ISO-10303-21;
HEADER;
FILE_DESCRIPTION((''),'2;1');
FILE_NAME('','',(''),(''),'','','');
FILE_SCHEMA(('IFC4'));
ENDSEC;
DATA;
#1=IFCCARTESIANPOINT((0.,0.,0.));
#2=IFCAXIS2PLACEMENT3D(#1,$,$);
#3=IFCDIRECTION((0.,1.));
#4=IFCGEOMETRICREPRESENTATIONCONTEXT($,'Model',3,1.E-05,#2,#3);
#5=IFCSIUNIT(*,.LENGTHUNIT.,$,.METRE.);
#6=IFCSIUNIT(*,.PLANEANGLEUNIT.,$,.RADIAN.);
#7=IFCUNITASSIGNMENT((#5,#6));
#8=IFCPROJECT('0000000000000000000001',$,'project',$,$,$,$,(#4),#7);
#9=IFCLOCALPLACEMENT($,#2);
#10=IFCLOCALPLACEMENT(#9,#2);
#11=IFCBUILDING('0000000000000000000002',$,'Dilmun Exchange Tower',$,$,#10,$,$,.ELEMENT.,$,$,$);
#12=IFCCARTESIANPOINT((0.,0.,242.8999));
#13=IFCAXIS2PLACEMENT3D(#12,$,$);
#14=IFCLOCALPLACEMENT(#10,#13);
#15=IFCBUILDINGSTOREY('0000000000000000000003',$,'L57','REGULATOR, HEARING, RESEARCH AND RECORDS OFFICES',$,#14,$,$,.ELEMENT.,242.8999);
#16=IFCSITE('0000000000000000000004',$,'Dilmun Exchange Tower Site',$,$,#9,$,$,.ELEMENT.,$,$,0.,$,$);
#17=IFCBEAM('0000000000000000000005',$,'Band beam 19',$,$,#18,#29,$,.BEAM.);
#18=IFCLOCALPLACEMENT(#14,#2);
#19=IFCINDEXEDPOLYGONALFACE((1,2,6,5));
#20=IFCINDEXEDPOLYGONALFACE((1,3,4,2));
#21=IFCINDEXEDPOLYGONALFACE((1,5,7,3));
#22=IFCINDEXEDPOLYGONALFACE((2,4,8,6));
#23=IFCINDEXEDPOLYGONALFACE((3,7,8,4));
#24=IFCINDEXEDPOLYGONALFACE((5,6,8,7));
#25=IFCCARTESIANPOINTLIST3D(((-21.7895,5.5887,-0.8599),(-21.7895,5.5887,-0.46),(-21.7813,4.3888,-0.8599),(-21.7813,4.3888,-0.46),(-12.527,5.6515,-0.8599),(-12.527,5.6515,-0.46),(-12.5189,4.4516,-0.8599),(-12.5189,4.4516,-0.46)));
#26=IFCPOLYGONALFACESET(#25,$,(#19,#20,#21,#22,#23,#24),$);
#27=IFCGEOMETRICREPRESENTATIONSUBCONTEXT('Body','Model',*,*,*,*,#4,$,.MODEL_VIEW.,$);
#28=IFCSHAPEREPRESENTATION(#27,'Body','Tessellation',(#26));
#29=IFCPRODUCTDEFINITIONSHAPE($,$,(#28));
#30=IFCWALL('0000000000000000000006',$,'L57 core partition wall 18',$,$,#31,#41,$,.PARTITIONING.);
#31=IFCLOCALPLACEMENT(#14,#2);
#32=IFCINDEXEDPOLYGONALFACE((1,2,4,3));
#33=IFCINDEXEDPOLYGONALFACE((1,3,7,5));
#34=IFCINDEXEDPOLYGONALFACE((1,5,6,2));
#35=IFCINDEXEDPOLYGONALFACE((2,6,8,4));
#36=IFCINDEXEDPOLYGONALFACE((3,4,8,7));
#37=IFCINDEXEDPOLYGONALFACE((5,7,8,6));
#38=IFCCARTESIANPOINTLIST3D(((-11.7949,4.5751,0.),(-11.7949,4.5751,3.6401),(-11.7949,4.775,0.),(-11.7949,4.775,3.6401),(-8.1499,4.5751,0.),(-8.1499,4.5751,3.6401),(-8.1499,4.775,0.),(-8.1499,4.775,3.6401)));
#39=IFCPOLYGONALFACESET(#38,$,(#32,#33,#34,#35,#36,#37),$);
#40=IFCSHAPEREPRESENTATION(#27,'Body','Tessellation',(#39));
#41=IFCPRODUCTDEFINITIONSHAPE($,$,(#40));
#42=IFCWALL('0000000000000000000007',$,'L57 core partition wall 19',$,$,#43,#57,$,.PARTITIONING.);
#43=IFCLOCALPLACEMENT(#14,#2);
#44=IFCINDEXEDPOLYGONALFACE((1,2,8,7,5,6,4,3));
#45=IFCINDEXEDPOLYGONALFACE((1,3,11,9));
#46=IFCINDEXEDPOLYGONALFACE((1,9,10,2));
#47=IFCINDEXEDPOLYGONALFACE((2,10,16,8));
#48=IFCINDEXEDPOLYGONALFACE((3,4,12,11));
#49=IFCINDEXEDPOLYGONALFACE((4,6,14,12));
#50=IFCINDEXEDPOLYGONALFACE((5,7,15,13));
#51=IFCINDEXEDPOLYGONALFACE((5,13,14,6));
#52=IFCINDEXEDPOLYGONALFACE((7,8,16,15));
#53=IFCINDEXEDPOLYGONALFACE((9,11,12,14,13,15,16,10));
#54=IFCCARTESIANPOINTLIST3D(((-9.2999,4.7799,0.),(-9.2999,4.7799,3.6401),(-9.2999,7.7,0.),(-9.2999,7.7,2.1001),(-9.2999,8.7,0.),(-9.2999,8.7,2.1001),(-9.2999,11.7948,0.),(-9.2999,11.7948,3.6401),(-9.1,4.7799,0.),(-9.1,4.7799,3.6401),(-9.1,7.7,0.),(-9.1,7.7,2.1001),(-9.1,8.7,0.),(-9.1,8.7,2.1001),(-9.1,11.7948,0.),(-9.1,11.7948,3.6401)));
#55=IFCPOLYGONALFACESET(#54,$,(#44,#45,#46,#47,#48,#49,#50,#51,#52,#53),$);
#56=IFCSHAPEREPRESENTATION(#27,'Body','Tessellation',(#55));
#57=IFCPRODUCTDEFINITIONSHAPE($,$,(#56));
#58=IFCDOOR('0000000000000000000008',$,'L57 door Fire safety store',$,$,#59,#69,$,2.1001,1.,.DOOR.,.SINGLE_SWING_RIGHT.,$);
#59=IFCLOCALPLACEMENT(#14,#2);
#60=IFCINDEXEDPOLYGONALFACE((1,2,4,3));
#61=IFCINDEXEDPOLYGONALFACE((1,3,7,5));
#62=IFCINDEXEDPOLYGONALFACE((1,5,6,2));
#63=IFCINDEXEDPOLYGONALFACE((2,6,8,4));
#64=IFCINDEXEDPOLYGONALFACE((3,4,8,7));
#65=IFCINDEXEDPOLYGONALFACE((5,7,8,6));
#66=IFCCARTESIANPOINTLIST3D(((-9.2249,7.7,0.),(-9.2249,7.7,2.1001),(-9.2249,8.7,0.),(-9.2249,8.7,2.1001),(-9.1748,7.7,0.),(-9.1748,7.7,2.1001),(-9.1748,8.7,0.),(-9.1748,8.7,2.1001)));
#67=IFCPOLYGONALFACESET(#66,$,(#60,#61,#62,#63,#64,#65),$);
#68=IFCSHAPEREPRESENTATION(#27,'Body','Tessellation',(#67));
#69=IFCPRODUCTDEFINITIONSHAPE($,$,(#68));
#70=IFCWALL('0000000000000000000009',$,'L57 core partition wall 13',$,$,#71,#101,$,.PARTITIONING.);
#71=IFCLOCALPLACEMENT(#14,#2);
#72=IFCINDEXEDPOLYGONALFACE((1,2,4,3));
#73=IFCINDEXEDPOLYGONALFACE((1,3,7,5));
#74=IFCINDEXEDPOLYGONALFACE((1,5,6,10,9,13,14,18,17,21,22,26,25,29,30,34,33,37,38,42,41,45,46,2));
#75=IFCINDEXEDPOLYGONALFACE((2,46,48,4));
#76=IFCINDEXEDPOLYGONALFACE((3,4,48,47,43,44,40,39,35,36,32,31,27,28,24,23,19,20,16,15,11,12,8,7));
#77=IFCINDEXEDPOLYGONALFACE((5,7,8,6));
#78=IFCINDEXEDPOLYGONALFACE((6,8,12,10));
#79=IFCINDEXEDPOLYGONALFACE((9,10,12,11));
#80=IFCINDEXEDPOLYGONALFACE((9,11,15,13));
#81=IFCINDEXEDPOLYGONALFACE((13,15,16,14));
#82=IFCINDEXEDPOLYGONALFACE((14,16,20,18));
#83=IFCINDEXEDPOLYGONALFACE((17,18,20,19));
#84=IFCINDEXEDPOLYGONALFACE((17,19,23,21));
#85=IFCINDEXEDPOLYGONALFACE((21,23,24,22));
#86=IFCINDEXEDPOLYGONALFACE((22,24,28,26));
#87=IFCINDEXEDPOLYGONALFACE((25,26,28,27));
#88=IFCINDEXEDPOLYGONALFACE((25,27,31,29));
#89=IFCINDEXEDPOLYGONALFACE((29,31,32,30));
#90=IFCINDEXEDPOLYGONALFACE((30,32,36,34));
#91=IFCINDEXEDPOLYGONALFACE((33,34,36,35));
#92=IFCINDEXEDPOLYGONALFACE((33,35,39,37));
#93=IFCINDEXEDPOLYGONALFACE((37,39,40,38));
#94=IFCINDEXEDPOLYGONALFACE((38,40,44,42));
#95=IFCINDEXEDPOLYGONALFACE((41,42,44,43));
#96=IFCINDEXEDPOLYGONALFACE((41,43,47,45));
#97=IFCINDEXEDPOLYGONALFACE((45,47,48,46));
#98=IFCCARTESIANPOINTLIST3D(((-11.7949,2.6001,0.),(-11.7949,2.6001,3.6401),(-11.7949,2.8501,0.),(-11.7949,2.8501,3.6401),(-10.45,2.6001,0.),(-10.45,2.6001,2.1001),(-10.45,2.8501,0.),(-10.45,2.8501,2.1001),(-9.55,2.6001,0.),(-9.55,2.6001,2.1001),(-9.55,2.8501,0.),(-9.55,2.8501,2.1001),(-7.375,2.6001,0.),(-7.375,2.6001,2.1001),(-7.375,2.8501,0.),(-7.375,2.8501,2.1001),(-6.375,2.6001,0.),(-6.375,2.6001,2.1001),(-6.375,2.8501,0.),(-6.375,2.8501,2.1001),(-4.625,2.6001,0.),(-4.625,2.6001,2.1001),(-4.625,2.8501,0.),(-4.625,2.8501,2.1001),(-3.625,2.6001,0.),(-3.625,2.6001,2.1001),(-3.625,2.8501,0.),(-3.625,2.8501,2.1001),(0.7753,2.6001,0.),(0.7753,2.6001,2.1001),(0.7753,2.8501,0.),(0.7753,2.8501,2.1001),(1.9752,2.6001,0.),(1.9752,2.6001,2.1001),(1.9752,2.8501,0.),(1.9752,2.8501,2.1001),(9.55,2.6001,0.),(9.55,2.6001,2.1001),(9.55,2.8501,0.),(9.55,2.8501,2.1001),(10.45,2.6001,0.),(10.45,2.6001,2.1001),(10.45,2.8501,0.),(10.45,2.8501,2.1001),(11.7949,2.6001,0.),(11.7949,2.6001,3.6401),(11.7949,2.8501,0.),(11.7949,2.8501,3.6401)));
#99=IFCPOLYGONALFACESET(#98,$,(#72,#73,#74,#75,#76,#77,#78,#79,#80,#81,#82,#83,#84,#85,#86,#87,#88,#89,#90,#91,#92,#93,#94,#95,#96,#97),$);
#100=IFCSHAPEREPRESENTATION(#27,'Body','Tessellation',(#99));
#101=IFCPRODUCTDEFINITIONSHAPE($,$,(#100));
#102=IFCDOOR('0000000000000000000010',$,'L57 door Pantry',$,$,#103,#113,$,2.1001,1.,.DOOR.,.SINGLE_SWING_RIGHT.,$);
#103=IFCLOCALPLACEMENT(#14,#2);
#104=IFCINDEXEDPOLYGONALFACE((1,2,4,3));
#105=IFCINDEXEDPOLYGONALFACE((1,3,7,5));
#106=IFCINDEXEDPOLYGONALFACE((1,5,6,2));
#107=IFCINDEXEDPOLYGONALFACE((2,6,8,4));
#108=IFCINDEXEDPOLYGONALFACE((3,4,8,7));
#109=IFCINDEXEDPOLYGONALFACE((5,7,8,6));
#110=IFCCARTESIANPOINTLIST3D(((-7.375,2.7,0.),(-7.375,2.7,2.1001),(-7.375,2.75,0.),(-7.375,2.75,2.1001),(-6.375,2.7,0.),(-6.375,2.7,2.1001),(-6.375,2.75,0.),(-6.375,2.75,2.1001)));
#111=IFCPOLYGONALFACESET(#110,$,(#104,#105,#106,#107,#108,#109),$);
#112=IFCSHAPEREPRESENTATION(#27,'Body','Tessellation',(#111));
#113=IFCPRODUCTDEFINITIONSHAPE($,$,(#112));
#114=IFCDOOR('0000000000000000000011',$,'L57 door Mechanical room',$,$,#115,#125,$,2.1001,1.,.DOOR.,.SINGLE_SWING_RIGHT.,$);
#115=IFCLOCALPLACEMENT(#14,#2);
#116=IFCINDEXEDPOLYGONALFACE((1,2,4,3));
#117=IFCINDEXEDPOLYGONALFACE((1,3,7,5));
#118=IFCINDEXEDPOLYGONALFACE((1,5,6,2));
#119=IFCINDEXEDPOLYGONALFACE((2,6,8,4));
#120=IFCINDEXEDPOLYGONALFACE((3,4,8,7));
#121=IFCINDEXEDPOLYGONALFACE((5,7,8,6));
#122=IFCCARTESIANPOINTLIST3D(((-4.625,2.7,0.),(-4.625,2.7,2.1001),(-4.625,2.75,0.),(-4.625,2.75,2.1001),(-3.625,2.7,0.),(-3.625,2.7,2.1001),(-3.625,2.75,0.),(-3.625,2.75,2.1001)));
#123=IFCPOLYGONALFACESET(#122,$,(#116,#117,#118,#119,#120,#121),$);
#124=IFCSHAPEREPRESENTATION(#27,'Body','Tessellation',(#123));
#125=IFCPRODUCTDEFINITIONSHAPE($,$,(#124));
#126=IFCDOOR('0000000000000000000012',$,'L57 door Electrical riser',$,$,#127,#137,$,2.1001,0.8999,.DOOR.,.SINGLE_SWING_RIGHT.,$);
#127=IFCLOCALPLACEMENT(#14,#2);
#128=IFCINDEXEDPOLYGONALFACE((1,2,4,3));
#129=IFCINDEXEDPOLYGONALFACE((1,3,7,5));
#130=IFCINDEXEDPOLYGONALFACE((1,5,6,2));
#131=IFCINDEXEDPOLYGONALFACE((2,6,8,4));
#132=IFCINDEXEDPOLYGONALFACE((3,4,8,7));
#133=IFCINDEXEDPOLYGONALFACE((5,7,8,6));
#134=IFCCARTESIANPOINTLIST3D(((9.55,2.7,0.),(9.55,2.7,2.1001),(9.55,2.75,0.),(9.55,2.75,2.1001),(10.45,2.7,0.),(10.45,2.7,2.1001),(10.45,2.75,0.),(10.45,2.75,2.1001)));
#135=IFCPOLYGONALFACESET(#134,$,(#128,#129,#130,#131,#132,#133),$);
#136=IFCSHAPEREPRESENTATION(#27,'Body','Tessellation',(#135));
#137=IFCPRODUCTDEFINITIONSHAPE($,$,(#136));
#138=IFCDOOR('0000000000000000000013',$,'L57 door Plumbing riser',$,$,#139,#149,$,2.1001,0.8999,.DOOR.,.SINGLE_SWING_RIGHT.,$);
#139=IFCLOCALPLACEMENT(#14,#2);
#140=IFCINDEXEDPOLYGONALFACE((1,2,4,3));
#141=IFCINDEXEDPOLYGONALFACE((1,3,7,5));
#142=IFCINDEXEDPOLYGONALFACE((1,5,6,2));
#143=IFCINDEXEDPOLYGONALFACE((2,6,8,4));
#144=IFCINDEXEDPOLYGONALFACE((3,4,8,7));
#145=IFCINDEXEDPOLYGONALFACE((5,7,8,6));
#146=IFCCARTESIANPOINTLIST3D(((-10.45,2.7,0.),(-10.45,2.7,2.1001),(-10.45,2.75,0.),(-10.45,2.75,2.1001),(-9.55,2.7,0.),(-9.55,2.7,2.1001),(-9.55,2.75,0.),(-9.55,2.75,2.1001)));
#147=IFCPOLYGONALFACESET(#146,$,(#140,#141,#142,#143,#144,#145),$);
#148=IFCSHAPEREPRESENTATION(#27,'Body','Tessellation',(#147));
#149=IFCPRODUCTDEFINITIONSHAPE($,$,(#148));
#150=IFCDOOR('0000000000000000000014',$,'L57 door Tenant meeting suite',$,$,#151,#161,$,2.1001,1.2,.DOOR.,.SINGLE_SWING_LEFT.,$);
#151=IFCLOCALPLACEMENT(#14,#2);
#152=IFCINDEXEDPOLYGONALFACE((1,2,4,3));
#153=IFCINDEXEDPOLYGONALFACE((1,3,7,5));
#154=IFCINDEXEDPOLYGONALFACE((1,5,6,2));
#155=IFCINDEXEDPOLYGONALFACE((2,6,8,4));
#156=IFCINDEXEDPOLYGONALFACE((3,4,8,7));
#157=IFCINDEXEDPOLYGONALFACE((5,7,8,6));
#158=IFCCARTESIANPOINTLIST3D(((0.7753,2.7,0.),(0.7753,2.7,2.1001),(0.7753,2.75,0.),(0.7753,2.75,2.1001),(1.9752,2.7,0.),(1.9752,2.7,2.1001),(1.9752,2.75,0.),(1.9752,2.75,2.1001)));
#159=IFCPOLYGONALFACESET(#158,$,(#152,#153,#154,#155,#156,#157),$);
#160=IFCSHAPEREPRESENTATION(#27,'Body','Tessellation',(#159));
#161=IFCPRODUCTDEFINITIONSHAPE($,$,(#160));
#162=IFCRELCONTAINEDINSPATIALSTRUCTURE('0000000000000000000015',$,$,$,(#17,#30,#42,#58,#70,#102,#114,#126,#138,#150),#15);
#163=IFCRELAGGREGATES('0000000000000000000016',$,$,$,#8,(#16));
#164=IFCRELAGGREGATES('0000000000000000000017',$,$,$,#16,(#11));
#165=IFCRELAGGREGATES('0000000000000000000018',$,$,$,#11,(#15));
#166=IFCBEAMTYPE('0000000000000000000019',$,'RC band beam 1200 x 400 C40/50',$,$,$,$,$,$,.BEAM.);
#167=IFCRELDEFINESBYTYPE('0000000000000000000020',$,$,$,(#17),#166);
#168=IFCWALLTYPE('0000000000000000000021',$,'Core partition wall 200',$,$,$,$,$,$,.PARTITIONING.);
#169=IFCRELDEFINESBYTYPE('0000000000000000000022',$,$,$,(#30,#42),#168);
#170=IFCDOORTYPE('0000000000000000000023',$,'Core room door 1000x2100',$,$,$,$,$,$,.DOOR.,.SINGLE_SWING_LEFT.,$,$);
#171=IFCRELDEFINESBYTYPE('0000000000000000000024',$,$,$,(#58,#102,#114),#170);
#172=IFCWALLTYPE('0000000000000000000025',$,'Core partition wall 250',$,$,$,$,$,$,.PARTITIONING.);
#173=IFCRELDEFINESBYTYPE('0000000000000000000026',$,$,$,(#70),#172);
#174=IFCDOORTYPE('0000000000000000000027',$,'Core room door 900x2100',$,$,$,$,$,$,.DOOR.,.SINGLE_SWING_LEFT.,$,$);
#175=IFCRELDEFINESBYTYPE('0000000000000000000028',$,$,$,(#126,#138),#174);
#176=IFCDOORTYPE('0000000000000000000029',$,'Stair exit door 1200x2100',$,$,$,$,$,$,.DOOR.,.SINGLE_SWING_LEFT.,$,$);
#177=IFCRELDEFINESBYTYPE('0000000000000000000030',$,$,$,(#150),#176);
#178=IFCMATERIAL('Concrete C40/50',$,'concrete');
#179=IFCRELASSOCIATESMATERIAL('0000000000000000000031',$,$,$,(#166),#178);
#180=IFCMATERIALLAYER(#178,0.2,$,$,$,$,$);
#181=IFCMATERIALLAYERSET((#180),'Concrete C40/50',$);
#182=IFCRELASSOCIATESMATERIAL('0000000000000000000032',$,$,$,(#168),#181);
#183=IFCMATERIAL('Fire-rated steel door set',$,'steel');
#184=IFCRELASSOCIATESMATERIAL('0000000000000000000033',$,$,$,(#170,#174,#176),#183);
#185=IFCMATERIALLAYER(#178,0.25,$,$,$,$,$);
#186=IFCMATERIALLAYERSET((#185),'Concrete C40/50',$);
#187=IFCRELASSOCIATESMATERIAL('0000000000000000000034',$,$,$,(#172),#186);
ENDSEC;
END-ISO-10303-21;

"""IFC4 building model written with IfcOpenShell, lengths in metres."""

from ifc_helpers import new_model, si_unit, direction, frame, frame_2d, origin, origin_2d, place, context, subcontext, project, spatial, rectangle, extrude, material, layer, layer_set, material_profile, profile_set, type_object, element, fill, save


model = new_model("IFC4")

# Units and contexts
model_context = context("Model", 3, precision=1e-05, world=origin(), true_north=direction((0.0, 1.0)))
body_context = subcontext(model_context, "Body", "Model", "MODEL_VIEW")
ifc_project = project(units=[si_unit("LENGTHUNIT", "METRE"), si_unit("PLANEANGLEUNIT", "RADIAN")], contexts=[model_context])

# Site, building, storey
site_placement = place(None, origin())
site = spatial("IfcSite", under=ifc_project, at=site_placement, Name="Dilmun Exchange Tower Site", CompositionType="ELEMENT", RefElevation=0.0)
building_placement = place(site_placement, origin())
building = spatial("IfcBuilding", under=site, at=building_placement, Name="Dilmun Exchange Tower", CompositionType="ELEMENT")
storey_placement = place(building_placement, frame((0.0, 0.0, 242.8999)))
storey = spatial("IfcBuildingStorey", under=building, at=storey_placement, Name="L57", Description="REGULATOR, HEARING, RESEARCH AND RECORDS OFFICES", CompositionType="ELEMENT", Elevation=242.8999)

# Beam
ifc_material_1 = material(Name="Concrete C40/50", Category="concrete")
ifc_material_profile = material_profile(ifc_material_1, rectangle(XDim=1.2, YDim=0.3999, at=origin_2d()), Name="1200 x 400")
ifc_profile_set = profile_set([ifc_material_profile], Name="Concrete C40/50")
beam_type = type_object("IfcBeamType", Name="RC band beam 1200 x 400 C40/50", PredefinedType="BEAM", material=ifc_profile_set)
beam_placement = place(storey_placement, frame((-21.7854, 4.9888, -0.6599), z_axis=(0.999977, 0.006774, 0.0), x_axis=(-0.006774, 0.999977, 0.0)))
element("IfcBeam", 1, at=beam_placement, inside=storey, type_object=beam_type, Name="Band beam 19", PredefinedType="BEAM", context=body_context, shape_type="SweptSolid", body=[
    extrude(rectangle(XDim=1.2, YDim=0.3999, at=origin_2d()), origin(), (0.0, 0.0, 1.0), 9.2627),
])

# Wall
ifc_layer_1 = layer(ifc_material_1, 0.2)
ifc_layer_set_1 = layer_set([ifc_layer_1], Name="Concrete C40/50")
wall_type_1 = type_object("IfcWallType", Name="Core partition wall 200", PredefinedType="PARTITIONING", material=ifc_layer_set_1)
wall_1_placement = place(storey_placement, frame((-11.7949, 4.675, 0.0), z_axis=(0.0, 0.0, 1.0), x_axis=(1.0, 0.0, 0.0)))
element("IfcWall", 2, at=wall_1_placement, inside=storey, type_object=wall_type_1, Name="L57 core partition wall 18", PredefinedType="PARTITIONING", context=body_context, shape_type="SweptSolid", body=[
    extrude(rectangle(XDim=3.645, YDim=0.2, at=frame_2d((1.8225, 0.0))), origin(), (0.0, 0.0, 1.0), 3.6401),
])

# Wall, opening, door
wall_2_placement = place(storey_placement, frame((-9.2, 4.78, 0.0), z_axis=(0.0, 0.0, 1.0), x_axis=(0.0, 1.0, 0.0)))
wall_2 = element("IfcWall", 3, at=wall_2_placement, inside=storey, type_object=wall_type_1, Name="L57 core partition wall 19", PredefinedType="PARTITIONING", context=body_context, shape_type="SweptSolid", body=[
    extrude(rectangle(XDim=7.0149, YDim=0.2, at=frame_2d((3.5073, 0.0))), origin(), (0.0, 0.0, 1.0), 3.6401),
])
opening_1_placement = place(wall_2_placement, frame((2.9199, 0.0, 0.0)))
opening_1 = element("IfcOpeningElement", 4, at=opening_1_placement, cuts=wall_2, PredefinedType="OPENING", context=body_context, shape_type="SweptSolid", body=[
    extrude(rectangle(XDim=1.0, YDim=2.1001, at=frame_2d((0.5, 1.05))), frame((0.0, 0.1099, 0.0), z_axis=(0.0, -1.0, 0.0), x_axis=(1.0, 0.0, 0.0)), (0.0, 0.0, 1.0), 0.22),
])
ifc_material_2 = material(Name="Fire-rated steel door set", Category="steel")
door_type_1 = type_object("IfcDoorType", Name="Core room door 1000x2100", OperationType="SINGLE_SWING_LEFT", PredefinedType="DOOR", material=ifc_material_2)
door_1_placement = place(opening_1_placement, origin())
door_1 = element("IfcDoor", 5, at=door_1_placement, inside=storey, type_object=door_type_1, Name="L57 door Fire safety store", OperationType="SINGLE_SWING_RIGHT", OverallHeight=2.1001, OverallWidth=1.0, PredefinedType="DOOR", context=body_context, shape_type="SweptSolid", body=[
    extrude(rectangle(XDim=1.0, YDim=2.1001, at=frame_2d((0.5, 1.05))), frame((0.0, 0.0249, 0.0), z_axis=(0.0, -1.0, 0.0), x_axis=(1.0, 0.0, 0.0)), (0.0, 0.0, 1.0), 0.05),
])
fill(opening_1, door_1)

# Wall, openings, doors
ifc_layer_2 = layer(ifc_material_1, 0.25)
ifc_layer_set_2 = layer_set([ifc_layer_2], Name="Concrete C40/50")
wall_type_2 = type_object("IfcWallType", Name="Core partition wall 250", PredefinedType="PARTITIONING", material=ifc_layer_set_2)
wall_3_placement = place(storey_placement, frame((-11.7949, 2.7251, 0.0), z_axis=(0.0, 0.0, 1.0), x_axis=(1.0, 0.0, 0.0)))
wall_3 = element("IfcWall", 6, at=wall_3_placement, inside=storey, type_object=wall_type_2, Name="L57 core partition wall 13", PredefinedType="PARTITIONING", context=body_context, shape_type="SweptSolid", body=[
    extrude(rectangle(XDim=23.5898, YDim=0.25, at=frame_2d((11.7949, 0.0))), origin(), (0.0, 0.0, 1.0), 3.6401),
])
opening_2_placement = place(wall_3_placement, frame((21.345, 0.0, 0.0)))
opening_2 = element("IfcOpeningElement", 7, at=opening_2_placement, cuts=wall_3, PredefinedType="OPENING", context=body_context, shape_type="SweptSolid", body=[
    extrude(rectangle(XDim=0.8999, YDim=2.1001, at=frame_2d((0.45, 1.05))), frame((0.0, 0.135, 0.0), z_axis=(0.0, -1.0, 0.0), x_axis=(1.0, 0.0, 0.0)), (0.0, 0.0, 1.0), 0.27),
])
opening_3_placement = place(wall_3_placement, frame((1.345, 0.0, 0.0)))
opening_3 = element("IfcOpeningElement", 8, at=opening_3_placement, cuts=wall_3, PredefinedType="OPENING", context=body_context, shape_type="SweptSolid", body=[
    extrude(rectangle(XDim=0.8999, YDim=2.1001, at=frame_2d((0.45, 1.05))), frame((0.0, 0.135, 0.0), z_axis=(0.0, -1.0, 0.0), x_axis=(1.0, 0.0, 0.0)), (0.0, 0.0, 1.0), 0.27),
])
opening_4_placement = place(wall_3_placement, frame((4.4199, 0.0, 0.0)))
opening_4 = element("IfcOpeningElement", 9, at=opening_4_placement, cuts=wall_3, PredefinedType="OPENING", context=body_context, shape_type="SweptSolid", body=[
    extrude(rectangle(XDim=1.0, YDim=2.1001, at=frame_2d((0.5, 1.05))), frame((0.0, 0.135, 0.0), z_axis=(0.0, -1.0, 0.0), x_axis=(1.0, 0.0, 0.0)), (0.0, 0.0, 1.0), 0.27),
])
opening_5_placement = place(wall_3_placement, frame((7.1699, 0.0, 0.0)))
opening_5 = element("IfcOpeningElement", 10, at=opening_5_placement, cuts=wall_3, PredefinedType="OPENING", context=body_context, shape_type="SweptSolid", body=[
    extrude(rectangle(XDim=1.0, YDim=2.1001, at=frame_2d((0.5, 1.05))), frame((0.0, 0.135, 0.0), z_axis=(0.0, -1.0, 0.0), x_axis=(1.0, 0.0, 0.0)), (0.0, 0.0, 1.0), 0.27),
])
opening_6_placement = place(wall_3_placement, frame((12.5701, 0.0, 0.0)))
opening_6 = element("IfcOpeningElement", 11, at=opening_6_placement, cuts=wall_3, PredefinedType="OPENING", context=body_context, shape_type="SweptSolid", body=[
    extrude(rectangle(XDim=1.2, YDim=2.1001, at=frame_2d((0.6001, 1.05))), frame((0.0, 0.135, 0.0), z_axis=(0.0, -1.0, 0.0), x_axis=(1.0, 0.0, 0.0)), (0.0, 0.0, 1.0), 0.27),
])
door_2_placement = place(opening_4_placement, origin())
door_2 = element("IfcDoor", 12, at=door_2_placement, inside=storey, type_object=door_type_1, Name="L57 door Pantry", OperationType="SINGLE_SWING_RIGHT", OverallHeight=2.1001, OverallWidth=1.0, PredefinedType="DOOR", context=body_context, shape_type="SweptSolid", body=[
    extrude(rectangle(XDim=1.0, YDim=2.1001, at=frame_2d((0.5, 1.05))), frame((0.0, 0.0249, 0.0), z_axis=(0.0, -1.0, 0.0), x_axis=(1.0, 0.0, 0.0)), (0.0, 0.0, 1.0), 0.05),
])
fill(opening_4, door_2)
door_3_placement = place(opening_5_placement, origin())
door_3 = element("IfcDoor", 13, at=door_3_placement, inside=storey, type_object=door_type_1, Name="L57 door Mechanical room", OperationType="SINGLE_SWING_RIGHT", OverallHeight=2.1001, OverallWidth=1.0, PredefinedType="DOOR", context=body_context, shape_type="SweptSolid", body=[
    extrude(rectangle(XDim=1.0, YDim=2.1001, at=frame_2d((0.5, 1.05))), frame((0.0, 0.0249, 0.0), z_axis=(0.0, -1.0, 0.0), x_axis=(1.0, 0.0, 0.0)), (0.0, 0.0, 1.0), 0.05),
])
fill(opening_5, door_3)
door_type_2 = type_object("IfcDoorType", Name="Core room door 900x2100", OperationType="SINGLE_SWING_LEFT", PredefinedType="DOOR", material=ifc_material_2)
door_4_placement = place(opening_2_placement, origin())
door_4 = element("IfcDoor", 14, at=door_4_placement, inside=storey, type_object=door_type_2, Name="L57 door Electrical riser", OperationType="SINGLE_SWING_RIGHT", OverallHeight=2.1001, OverallWidth=0.8999, PredefinedType="DOOR", context=body_context, shape_type="SweptSolid", body=[
    extrude(rectangle(XDim=0.8999, YDim=2.1001, at=frame_2d((0.45, 1.05))), frame((0.0, 0.0249, 0.0), z_axis=(0.0, -1.0, 0.0), x_axis=(1.0, 0.0, 0.0)), (0.0, 0.0, 1.0), 0.05),
])
fill(opening_2, door_4)
door_5_placement = place(opening_3_placement, origin())
door_5 = element("IfcDoor", 15, at=door_5_placement, inside=storey, type_object=door_type_2, Name="L57 door Plumbing riser", OperationType="SINGLE_SWING_RIGHT", OverallHeight=2.1001, OverallWidth=0.8999, PredefinedType="DOOR", context=body_context, shape_type="SweptSolid", body=[
    extrude(rectangle(XDim=0.8999, YDim=2.1001, at=frame_2d((0.45, 1.05))), frame((0.0, 0.0249, 0.0), z_axis=(0.0, -1.0, 0.0), x_axis=(1.0, 0.0, 0.0)), (0.0, 0.0, 1.0), 0.05),
])
fill(opening_3, door_5)
door_type_3 = type_object("IfcDoorType", Name="Stair exit door 1200x2100", OperationType="SINGLE_SWING_LEFT", PredefinedType="DOOR", material=ifc_material_2)
door_6_placement = place(opening_6_placement, origin())
door_6 = element("IfcDoor", 16, at=door_6_placement, inside=storey, type_object=door_type_3, Name="L57 door Tenant meeting suite", OperationType="SINGLE_SWING_LEFT", OverallHeight=2.1001, OverallWidth=1.2, PredefinedType="DOOR", context=body_context, shape_type="SweptSolid", body=[
    extrude(rectangle(XDim=1.2, YDim=2.1001, at=frame_2d((0.6001, 1.05))), frame((0.0, 0.0249, 0.0), z_axis=(0.0, -1.0, 0.0), x_axis=(1.0, 0.0, 0.0)), (0.0, 0.0, 1.0), 0.05),
])
fill(opening_6, door_6)

save(model, "model.ifc")
